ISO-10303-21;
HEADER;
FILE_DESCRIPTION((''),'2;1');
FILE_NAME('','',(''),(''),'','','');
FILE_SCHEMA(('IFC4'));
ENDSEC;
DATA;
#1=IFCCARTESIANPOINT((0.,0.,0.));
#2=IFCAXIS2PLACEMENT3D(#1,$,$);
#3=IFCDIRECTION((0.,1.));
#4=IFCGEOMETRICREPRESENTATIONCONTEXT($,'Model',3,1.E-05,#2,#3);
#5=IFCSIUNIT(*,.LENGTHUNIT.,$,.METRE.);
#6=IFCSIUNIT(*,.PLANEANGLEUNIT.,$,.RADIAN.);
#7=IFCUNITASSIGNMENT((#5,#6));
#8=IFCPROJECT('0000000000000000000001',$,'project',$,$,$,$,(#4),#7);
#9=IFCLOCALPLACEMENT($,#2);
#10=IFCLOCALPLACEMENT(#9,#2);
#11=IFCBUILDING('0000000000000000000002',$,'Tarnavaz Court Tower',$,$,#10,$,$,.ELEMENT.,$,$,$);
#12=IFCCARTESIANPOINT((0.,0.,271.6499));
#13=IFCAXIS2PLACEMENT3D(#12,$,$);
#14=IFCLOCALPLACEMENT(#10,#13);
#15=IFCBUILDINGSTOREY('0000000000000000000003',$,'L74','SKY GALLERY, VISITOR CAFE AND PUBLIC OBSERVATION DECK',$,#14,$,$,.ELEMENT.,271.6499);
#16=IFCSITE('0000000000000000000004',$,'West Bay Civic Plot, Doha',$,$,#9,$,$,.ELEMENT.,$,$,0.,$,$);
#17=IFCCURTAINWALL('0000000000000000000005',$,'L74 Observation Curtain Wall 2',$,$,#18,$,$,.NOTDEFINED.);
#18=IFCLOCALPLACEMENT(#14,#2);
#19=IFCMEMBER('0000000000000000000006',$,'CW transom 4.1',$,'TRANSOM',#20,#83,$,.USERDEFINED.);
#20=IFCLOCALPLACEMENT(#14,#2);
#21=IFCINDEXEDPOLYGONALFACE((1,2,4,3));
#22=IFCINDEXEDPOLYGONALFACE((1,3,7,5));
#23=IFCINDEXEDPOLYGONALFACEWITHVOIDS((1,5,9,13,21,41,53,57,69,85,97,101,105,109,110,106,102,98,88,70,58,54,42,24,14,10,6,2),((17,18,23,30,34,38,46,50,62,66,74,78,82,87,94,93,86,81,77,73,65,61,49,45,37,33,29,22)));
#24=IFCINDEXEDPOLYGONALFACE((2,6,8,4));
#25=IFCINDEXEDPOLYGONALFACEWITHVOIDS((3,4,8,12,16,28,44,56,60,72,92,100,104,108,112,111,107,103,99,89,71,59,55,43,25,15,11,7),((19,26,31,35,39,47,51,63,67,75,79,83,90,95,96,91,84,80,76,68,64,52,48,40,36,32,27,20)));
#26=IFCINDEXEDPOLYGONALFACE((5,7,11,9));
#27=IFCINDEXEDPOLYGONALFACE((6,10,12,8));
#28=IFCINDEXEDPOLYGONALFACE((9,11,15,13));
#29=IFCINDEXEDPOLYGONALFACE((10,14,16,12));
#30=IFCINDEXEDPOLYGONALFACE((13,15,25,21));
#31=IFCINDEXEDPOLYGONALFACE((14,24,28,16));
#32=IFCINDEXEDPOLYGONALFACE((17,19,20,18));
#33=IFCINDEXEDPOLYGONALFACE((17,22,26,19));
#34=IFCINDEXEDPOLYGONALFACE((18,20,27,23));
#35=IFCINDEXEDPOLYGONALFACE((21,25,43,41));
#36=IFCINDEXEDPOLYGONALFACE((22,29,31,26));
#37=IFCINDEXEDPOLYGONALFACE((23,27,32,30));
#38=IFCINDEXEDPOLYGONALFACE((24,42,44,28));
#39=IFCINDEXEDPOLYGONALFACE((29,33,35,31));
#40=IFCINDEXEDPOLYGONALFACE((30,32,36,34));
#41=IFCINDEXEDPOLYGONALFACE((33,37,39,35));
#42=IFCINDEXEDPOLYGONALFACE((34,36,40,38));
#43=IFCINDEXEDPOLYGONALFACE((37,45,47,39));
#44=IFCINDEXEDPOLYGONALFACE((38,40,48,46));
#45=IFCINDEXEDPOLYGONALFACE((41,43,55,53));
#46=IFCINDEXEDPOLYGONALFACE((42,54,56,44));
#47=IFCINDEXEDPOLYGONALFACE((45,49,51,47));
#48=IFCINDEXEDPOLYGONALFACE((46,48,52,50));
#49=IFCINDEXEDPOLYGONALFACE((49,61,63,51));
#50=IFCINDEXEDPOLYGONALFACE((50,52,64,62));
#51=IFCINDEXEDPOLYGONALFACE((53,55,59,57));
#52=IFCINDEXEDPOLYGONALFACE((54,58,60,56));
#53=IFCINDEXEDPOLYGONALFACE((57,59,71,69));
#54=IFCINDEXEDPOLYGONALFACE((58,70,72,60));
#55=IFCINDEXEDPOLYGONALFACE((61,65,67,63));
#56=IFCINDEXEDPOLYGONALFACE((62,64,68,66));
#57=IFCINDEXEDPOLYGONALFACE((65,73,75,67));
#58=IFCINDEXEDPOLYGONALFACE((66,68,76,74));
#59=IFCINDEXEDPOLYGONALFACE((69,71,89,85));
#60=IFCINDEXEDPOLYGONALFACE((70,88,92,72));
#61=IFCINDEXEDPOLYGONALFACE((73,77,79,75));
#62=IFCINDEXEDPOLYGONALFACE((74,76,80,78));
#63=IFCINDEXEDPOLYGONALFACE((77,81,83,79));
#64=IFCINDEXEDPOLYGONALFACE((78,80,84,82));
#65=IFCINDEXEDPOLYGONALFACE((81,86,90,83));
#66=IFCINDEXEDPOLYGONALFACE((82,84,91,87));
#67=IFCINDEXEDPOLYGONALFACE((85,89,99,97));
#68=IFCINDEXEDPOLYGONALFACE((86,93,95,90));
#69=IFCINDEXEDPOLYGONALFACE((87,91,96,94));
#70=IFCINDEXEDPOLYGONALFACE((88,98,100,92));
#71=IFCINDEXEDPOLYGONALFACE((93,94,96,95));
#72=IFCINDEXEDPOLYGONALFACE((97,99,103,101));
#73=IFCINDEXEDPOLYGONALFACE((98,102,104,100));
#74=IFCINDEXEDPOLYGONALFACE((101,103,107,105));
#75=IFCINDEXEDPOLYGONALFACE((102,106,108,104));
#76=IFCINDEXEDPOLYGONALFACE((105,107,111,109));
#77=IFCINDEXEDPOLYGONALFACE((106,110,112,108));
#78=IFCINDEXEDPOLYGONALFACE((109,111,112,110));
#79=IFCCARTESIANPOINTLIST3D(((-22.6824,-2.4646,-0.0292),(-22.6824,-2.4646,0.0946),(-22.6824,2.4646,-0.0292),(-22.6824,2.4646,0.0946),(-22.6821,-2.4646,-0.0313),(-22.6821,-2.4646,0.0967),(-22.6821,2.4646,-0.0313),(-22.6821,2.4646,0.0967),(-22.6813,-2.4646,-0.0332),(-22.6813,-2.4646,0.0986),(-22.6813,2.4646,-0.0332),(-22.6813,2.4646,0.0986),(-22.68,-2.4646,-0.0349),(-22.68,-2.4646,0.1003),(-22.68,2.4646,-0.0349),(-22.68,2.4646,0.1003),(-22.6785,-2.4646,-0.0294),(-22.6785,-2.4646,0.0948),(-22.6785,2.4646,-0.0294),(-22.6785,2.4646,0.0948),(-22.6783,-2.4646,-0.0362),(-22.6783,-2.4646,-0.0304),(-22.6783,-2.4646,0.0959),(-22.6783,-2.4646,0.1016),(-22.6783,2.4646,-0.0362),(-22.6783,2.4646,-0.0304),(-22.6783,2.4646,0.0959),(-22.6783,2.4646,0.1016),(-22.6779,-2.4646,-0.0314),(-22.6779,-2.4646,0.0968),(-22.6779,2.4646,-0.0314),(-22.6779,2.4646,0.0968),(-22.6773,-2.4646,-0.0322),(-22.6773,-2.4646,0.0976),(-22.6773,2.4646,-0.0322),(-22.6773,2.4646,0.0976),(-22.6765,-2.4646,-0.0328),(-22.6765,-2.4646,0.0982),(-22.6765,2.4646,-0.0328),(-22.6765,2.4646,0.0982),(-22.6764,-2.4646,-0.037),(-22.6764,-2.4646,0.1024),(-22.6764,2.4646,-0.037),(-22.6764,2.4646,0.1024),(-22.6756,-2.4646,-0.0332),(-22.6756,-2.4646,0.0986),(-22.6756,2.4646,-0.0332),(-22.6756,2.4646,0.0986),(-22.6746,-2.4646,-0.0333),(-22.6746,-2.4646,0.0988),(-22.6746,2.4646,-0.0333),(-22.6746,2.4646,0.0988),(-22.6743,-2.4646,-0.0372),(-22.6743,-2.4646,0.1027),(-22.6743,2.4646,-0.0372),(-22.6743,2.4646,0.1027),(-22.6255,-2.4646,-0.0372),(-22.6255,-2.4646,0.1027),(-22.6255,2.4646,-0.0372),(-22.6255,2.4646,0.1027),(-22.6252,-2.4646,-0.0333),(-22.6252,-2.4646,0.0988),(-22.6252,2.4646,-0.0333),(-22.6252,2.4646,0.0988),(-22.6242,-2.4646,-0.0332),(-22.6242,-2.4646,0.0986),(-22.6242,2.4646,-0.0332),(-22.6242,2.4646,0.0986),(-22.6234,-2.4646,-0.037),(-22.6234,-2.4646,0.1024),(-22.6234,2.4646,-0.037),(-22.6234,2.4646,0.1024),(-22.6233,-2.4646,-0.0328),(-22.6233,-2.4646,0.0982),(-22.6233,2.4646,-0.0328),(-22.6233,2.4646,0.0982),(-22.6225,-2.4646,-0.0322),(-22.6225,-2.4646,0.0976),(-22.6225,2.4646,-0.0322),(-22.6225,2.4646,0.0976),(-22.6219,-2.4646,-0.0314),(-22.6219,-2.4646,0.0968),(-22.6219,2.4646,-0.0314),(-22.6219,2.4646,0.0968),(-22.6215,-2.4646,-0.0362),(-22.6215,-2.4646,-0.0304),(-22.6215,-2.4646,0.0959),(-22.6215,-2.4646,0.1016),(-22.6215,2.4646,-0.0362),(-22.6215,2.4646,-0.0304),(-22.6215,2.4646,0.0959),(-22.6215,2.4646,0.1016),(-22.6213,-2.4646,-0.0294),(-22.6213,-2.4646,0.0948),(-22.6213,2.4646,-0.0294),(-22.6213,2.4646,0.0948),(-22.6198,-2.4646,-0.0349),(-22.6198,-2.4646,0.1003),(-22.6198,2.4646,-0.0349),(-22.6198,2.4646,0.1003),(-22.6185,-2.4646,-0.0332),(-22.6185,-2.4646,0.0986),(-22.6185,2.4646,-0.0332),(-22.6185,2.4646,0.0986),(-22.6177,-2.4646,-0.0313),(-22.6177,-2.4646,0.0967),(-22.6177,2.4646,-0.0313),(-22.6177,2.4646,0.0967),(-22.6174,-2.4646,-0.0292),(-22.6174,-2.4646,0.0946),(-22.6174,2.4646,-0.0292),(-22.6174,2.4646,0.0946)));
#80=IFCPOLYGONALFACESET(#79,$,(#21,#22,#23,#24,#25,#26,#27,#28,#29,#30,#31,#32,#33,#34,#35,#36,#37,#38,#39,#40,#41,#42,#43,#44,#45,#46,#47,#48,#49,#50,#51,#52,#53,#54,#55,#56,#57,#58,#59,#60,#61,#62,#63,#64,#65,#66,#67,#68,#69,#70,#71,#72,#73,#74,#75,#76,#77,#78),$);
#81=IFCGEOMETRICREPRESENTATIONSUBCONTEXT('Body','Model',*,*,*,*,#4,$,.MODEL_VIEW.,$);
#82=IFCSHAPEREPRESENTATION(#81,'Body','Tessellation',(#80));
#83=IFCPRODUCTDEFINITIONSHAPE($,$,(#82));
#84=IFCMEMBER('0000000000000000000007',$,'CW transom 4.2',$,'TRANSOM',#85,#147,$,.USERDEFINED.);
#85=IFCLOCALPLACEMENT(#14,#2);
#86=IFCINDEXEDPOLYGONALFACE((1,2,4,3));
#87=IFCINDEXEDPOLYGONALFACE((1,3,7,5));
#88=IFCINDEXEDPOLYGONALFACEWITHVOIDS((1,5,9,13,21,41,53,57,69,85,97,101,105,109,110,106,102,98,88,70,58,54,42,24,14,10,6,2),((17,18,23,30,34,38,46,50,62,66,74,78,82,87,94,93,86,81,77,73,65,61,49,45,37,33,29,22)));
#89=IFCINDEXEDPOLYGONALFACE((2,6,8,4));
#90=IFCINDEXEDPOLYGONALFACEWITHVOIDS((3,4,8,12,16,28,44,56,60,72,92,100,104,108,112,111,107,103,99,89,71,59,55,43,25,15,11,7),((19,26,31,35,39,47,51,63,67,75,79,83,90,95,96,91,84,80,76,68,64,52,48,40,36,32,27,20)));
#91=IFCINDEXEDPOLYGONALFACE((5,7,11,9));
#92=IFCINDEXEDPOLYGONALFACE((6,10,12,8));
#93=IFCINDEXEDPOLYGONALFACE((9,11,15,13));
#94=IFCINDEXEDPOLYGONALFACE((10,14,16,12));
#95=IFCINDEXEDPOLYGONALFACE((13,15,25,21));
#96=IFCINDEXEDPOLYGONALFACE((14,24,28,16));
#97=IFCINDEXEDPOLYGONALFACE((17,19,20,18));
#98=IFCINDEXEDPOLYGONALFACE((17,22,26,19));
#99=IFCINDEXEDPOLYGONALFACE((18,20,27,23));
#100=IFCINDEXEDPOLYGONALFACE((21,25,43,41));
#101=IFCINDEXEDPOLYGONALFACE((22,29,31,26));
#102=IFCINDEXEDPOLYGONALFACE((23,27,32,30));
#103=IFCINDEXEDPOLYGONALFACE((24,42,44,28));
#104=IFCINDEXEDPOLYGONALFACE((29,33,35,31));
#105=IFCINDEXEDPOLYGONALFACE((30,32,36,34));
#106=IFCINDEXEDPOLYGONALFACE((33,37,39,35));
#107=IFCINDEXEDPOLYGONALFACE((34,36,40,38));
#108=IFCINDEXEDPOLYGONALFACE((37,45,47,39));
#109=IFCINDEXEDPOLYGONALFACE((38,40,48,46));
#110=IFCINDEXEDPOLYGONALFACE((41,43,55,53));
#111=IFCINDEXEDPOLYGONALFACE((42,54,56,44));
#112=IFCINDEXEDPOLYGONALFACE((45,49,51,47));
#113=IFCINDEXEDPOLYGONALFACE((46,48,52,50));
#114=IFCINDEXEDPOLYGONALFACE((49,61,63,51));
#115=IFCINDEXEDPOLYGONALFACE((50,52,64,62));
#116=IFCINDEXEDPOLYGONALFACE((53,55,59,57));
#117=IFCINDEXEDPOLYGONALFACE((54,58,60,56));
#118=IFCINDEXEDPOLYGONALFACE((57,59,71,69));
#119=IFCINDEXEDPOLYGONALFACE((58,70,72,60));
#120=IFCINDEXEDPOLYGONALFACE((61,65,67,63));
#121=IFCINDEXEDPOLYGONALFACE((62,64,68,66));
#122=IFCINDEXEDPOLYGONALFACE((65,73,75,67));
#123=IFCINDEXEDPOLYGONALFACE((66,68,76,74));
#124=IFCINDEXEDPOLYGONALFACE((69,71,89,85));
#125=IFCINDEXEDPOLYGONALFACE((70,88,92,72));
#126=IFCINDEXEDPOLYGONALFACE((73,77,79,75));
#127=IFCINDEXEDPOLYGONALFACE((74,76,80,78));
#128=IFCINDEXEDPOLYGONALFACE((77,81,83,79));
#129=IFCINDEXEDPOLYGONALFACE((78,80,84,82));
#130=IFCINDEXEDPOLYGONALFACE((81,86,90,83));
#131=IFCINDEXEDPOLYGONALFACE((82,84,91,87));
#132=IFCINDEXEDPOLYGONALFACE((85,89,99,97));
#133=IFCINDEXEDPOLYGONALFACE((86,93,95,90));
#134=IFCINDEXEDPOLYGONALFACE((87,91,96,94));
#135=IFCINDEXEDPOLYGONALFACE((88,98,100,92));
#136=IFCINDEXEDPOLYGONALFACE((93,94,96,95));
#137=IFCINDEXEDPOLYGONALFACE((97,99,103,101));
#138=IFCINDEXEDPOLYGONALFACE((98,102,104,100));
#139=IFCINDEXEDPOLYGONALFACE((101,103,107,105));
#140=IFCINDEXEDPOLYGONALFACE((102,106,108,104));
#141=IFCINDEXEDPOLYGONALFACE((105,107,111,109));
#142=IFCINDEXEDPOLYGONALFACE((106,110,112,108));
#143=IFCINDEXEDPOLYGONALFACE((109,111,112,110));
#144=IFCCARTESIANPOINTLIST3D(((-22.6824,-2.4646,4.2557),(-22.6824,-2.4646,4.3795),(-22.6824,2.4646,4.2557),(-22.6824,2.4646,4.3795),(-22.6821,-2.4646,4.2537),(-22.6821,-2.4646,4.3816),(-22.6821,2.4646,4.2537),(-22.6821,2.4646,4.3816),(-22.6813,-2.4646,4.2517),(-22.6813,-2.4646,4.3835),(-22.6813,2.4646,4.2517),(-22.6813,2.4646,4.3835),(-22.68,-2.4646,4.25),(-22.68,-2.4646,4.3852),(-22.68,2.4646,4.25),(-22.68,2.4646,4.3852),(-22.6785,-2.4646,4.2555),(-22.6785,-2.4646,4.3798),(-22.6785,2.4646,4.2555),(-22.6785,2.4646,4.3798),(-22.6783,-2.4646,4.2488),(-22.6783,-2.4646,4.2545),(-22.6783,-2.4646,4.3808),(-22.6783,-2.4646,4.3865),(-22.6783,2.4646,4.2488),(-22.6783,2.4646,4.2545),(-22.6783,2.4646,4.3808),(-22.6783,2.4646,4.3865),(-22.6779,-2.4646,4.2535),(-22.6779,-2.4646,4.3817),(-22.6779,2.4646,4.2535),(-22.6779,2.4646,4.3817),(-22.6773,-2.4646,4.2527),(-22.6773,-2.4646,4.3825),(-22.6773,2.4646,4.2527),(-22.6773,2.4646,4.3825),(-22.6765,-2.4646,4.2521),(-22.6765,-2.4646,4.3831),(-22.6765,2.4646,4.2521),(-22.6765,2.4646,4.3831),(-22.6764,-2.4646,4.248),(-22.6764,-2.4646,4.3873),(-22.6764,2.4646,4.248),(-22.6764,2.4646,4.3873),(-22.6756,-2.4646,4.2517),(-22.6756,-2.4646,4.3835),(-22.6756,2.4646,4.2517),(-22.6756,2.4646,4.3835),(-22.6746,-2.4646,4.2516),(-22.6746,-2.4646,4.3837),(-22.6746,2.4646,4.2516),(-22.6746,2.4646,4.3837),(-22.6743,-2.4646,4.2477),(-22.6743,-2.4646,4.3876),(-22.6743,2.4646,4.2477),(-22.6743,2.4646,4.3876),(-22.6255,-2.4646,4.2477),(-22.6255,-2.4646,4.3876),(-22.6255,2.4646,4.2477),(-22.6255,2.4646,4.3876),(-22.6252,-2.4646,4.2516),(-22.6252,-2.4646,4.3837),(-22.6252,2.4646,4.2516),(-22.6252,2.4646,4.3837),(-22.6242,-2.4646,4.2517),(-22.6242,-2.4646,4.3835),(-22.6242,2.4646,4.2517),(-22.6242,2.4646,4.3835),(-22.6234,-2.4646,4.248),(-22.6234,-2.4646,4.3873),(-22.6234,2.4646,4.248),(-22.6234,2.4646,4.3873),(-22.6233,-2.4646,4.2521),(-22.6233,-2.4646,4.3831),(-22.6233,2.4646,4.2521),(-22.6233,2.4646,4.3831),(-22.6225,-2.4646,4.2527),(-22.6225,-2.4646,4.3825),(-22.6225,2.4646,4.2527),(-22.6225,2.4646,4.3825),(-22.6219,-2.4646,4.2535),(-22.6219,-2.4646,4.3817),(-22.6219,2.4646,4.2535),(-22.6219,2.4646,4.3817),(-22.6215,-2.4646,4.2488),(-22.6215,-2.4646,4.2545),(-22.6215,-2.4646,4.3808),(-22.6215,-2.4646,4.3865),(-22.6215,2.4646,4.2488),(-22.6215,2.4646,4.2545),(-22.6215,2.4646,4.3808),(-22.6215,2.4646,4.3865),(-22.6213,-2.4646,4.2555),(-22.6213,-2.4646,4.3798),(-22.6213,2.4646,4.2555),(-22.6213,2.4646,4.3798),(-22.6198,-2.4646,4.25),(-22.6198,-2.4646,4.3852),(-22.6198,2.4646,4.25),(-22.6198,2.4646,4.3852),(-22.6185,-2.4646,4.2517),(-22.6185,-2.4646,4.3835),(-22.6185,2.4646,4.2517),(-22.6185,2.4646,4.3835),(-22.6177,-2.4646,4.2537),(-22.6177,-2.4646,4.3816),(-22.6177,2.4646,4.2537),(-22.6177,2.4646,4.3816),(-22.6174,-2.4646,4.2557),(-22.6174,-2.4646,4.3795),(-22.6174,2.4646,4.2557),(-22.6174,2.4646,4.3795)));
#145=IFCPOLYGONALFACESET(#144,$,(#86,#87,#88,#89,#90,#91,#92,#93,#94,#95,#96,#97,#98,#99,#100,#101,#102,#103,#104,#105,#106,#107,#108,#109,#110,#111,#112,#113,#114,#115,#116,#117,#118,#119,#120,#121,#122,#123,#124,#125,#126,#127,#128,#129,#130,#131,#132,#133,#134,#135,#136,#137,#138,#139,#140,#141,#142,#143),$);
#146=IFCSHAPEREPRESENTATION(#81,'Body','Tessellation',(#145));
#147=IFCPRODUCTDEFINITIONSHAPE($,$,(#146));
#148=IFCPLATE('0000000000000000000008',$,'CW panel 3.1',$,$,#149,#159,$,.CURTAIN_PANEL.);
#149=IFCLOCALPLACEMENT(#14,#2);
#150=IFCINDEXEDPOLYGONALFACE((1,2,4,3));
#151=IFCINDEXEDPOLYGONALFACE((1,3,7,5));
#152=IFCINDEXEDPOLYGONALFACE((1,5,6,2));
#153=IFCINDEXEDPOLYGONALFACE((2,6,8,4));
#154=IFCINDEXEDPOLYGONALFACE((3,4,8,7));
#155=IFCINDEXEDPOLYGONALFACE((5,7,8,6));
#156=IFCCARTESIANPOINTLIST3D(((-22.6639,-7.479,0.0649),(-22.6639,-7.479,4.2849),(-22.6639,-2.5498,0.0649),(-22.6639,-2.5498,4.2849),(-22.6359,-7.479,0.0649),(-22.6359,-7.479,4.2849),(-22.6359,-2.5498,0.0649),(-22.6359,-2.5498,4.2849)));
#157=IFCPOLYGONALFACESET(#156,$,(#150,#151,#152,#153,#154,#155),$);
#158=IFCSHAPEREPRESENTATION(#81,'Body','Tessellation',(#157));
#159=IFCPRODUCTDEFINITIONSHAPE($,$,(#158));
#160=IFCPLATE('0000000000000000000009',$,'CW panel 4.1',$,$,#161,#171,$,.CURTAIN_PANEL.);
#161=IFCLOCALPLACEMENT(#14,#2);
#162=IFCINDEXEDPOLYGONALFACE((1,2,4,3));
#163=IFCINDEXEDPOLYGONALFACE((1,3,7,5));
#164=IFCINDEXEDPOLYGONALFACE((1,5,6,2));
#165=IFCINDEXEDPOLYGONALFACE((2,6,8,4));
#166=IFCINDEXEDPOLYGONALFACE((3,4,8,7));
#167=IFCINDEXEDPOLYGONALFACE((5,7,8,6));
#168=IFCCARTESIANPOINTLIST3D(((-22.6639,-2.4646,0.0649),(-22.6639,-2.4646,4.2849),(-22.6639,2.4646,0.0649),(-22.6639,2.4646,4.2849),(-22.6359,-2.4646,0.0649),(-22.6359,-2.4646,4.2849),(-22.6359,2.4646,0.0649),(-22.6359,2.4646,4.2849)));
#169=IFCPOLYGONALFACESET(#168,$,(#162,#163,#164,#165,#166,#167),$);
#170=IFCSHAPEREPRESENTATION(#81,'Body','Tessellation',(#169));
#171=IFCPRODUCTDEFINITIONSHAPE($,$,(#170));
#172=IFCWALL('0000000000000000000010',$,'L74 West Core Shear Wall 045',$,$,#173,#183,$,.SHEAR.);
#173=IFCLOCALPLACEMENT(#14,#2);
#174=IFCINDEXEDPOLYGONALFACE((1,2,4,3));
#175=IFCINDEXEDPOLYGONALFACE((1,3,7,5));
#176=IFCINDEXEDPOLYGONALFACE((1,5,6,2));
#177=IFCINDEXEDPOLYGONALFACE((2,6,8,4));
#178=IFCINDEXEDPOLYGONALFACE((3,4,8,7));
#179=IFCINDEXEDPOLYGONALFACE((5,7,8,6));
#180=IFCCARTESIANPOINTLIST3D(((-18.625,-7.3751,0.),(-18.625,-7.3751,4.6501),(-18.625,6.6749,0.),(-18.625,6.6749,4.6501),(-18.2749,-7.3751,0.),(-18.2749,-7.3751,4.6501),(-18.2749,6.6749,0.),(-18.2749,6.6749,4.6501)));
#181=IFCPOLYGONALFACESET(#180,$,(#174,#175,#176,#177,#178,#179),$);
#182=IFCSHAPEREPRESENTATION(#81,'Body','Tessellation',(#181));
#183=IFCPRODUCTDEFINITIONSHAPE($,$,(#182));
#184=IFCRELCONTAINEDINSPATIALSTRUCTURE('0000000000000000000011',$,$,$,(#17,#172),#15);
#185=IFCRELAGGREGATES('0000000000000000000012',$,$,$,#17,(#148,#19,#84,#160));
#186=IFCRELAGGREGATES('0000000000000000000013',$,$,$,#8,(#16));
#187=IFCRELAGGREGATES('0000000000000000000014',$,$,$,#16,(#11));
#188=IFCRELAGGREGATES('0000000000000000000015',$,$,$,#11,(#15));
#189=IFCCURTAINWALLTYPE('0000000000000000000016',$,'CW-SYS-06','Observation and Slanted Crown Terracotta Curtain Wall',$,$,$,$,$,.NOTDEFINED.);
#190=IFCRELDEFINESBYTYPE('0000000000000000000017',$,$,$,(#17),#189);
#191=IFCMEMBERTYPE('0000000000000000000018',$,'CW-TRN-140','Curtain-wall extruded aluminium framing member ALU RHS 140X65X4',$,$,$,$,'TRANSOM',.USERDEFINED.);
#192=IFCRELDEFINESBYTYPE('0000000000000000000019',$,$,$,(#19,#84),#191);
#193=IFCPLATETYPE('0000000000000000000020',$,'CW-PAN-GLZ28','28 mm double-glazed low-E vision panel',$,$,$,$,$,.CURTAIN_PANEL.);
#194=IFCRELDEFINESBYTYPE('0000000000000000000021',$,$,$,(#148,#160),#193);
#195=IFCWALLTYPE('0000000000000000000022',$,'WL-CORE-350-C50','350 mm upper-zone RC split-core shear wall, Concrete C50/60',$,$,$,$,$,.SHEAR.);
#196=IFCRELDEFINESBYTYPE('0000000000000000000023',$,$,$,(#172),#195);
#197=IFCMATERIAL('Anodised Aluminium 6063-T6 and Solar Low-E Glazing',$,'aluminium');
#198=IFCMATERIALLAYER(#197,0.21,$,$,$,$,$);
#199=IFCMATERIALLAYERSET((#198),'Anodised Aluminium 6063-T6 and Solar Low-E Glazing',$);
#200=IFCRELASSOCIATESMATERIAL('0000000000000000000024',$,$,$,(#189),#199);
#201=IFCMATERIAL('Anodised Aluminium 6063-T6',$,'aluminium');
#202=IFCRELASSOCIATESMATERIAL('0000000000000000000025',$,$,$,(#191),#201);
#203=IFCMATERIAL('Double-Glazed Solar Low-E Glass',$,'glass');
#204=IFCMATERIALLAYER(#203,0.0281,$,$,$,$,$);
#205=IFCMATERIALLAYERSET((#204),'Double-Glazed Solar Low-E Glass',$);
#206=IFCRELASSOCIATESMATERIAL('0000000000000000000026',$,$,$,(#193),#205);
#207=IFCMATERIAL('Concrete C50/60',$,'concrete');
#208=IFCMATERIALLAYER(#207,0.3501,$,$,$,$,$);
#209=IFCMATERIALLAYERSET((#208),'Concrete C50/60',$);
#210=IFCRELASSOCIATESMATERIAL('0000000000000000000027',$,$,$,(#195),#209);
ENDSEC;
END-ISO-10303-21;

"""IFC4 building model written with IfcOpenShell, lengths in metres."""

from ifc_helpers import new_model, si_unit, direction, frame, frame_2d, origin, origin_2d, place, context, subcontext, project, spatial, rectangle, hollow_rectangle, extrude, material, layer, layer_set, material_profile, profile_set, type_object, element, aggregate, save


model = new_model("IFC4")

# Units and contexts
model_context = context("Model", 3, precision=1e-05, world=origin(), true_north=direction((0.0, 1.0)))
body_context = subcontext(model_context, "Body", "Model", "MODEL_VIEW")
ifc_project = project(units=[si_unit("LENGTHUNIT", "METRE"), si_unit("PLANEANGLEUNIT", "RADIAN")], contexts=[model_context])

# Site, building, storey
site_placement = place(None, origin())
site = spatial("IfcSite", under=ifc_project, at=site_placement, Name="West Bay Civic Plot, Doha", CompositionType="ELEMENT", RefElevation=0.0)
building_placement = place(site_placement, origin())
building = spatial("IfcBuilding", under=site, at=building_placement, Name="Tarnavaz Court Tower", CompositionType="ELEMENT")
storey_placement = place(building_placement, frame((0.0, 0.0, 271.6499)))
storey = spatial("IfcBuildingStorey", under=building, at=storey_placement, Name="L74", Description="SKY GALLERY, VISITOR CAFE AND PUBLIC OBSERVATION DECK", CompositionType="ELEMENT", Elevation=271.6499)

# Shared definitions
ifc_material_1 = material(Name="Concrete C50/60", Category="concrete")

# Curtain wall, members, plates
ifc_material_2 = material(Name="Anodised Aluminium 6063-T6 and Solar Low-E Glazing", Category="aluminium")
ifc_layer_1 = layer(ifc_material_2, 0.21)
ifc_layer_set_1 = layer_set([ifc_layer_1], Name="Anodised Aluminium 6063-T6 and Solar Low-E Glazing")
curtain_wall_type = type_object("IfcCurtainWallType", Name="CW-SYS-06", Description="Observation and Slanted Crown Terracotta Curtain Wall", PredefinedType="NOTDEFINED", material=ifc_layer_set_1)
curtain_wall_placement = place(storey_placement, origin())
curtain_wall = element("IfcCurtainWall", 1, at=curtain_wall_placement, inside=storey, type_object=curtain_wall_type, Name="L74 Observation Curtain Wall 2", PredefinedType="NOTDEFINED")
ifc_material_3 = material(Name="Anodised Aluminium 6063-T6", Category="aluminium")
ifc_material_profile_1 = material_profile(ifc_material_3, hollow_rectangle(XDim=0.0649, YDim=0.1399, WallThickness=0.0039, InnerFilletRadius=0.0039, OuterFilletRadius=0.0081, at=origin_2d()), Name="ALU RHS 140X65X4")
ifc_profile_set_1 = profile_set([ifc_material_profile_1], Name="Anodised Aluminium 6063-T6")
member_type_1 = type_object("IfcMemberType", Name="CW-TRN-140", Description="Curtain-wall extruded aluminium framing member ALU RHS 140X65X4", ElementType="TRANSOM", PredefinedType="USERDEFINED", material=ifc_profile_set_1)
member_1_placement = place(storey_placement, frame((-22.6499, -2.4646, 0.0327), z_axis=(0.0, 1.0, 0.0), x_axis=(-1.0, 0.0, 0.0)))
member_1 = element("IfcMember", 2, at=member_1_placement, type_object=member_type_1, Name="CW transom 4.1", ObjectType="TRANSOM", PredefinedType="USERDEFINED", context=body_context, shape_type="SweptSolid", body=[
    extrude(hollow_rectangle(XDim=0.0649, YDim=0.1399, WallThickness=0.0039, InnerFilletRadius=0.0039, OuterFilletRadius=0.0081, at=origin_2d()), origin(), (0.0, 0.0, 1.0), 4.9292),
])
member_2_placement = place(storey_placement, frame((-22.6499, -2.4646, 4.3176), z_axis=(0.0, 1.0, 0.0), x_axis=(-1.0, 0.0, 0.0)))
member_2 = element("IfcMember", 3, at=member_2_placement, type_object=member_type_1, Name="CW transom 4.2", ObjectType="TRANSOM", PredefinedType="USERDEFINED", context=body_context, shape_type="SweptSolid", body=[
    extrude(hollow_rectangle(XDim=0.0649, YDim=0.1399, WallThickness=0.0039, InnerFilletRadius=0.0039, OuterFilletRadius=0.0081, at=origin_2d()), origin(), (0.0, 0.0, 1.0), 4.9292),
])
ifc_material_4 = material(Name="Double-Glazed Solar Low-E Glass", Category="glass")
ifc_layer_2 = layer(ifc_material_4, 0.0281)
ifc_layer_set_2 = layer_set([ifc_layer_2], Name="Double-Glazed Solar Low-E Glass")
plate_type = type_object("IfcPlateType", Name="CW-PAN-GLZ28", Description="28 mm double-glazed low-E vision panel", PredefinedType="CURTAIN_PANEL", material=ifc_layer_set_2)
plate_1_placement = place(storey_placement, frame((-22.6499, -5.0144, 0.0649), z_axis=(0.0, 0.0, 1.0), x_axis=(0.0, 1.0, 0.0)))
plate_1 = element("IfcPlate", 4, at=plate_1_placement, type_object=plate_type, Name="CW panel 3.1", PredefinedType="CURTAIN_PANEL", context=body_context, shape_type="SweptSolid", body=[
    extrude(rectangle(XDim=4.9292, YDim=0.0281, at=origin_2d()), origin(), (0.0, 0.0, 1.0), 4.22),
])
plate_2_placement = place(storey_placement, frame((-22.6499, 0.0, 0.0649), z_axis=(0.0, 0.0, 1.0), x_axis=(0.0, 1.0, 0.0)))
plate_2 = element("IfcPlate", 5, at=plate_2_placement, type_object=plate_type, Name="CW panel 4.1", PredefinedType="CURTAIN_PANEL", context=body_context, shape_type="SweptSolid", body=[
    extrude(rectangle(XDim=4.9292, YDim=0.0281, at=origin_2d()), origin(), (0.0, 0.0, 1.0), 4.22),
])
aggregate(curtain_wall, [plate_1, member_1, member_2, plate_2])

# Wall
ifc_layer_3 = layer(ifc_material_1, 0.3501)
ifc_layer_set_3 = layer_set([ifc_layer_3], Name="Concrete C50/60")
wall_type_1 = type_object("IfcWallType", Name="WL-CORE-350-C50", Description="350 mm upper-zone RC split-core shear wall, Concrete C50/60", PredefinedType="SHEAR", material=ifc_layer_set_3)
wall_1_placement = place(storey_placement, frame((-18.45, -7.375, 0.0), z_axis=(0.0, 0.0, 1.0), x_axis=(0.0, 1.0, 0.0)))
element("IfcWall", 6, at=wall_1_placement, inside=storey, type_object=wall_type_1, Name="L74 West Core Shear Wall 045", PredefinedType="SHEAR", context=body_context, shape_type="SweptSolid", body=[
    extrude(rectangle(XDim=14.05, YDim=0.3501, at=frame_2d((7.0249, 0.0))), origin(), (0.0, 0.0, 1.0), 4.6501),
])

save(model, "model.ifc")
